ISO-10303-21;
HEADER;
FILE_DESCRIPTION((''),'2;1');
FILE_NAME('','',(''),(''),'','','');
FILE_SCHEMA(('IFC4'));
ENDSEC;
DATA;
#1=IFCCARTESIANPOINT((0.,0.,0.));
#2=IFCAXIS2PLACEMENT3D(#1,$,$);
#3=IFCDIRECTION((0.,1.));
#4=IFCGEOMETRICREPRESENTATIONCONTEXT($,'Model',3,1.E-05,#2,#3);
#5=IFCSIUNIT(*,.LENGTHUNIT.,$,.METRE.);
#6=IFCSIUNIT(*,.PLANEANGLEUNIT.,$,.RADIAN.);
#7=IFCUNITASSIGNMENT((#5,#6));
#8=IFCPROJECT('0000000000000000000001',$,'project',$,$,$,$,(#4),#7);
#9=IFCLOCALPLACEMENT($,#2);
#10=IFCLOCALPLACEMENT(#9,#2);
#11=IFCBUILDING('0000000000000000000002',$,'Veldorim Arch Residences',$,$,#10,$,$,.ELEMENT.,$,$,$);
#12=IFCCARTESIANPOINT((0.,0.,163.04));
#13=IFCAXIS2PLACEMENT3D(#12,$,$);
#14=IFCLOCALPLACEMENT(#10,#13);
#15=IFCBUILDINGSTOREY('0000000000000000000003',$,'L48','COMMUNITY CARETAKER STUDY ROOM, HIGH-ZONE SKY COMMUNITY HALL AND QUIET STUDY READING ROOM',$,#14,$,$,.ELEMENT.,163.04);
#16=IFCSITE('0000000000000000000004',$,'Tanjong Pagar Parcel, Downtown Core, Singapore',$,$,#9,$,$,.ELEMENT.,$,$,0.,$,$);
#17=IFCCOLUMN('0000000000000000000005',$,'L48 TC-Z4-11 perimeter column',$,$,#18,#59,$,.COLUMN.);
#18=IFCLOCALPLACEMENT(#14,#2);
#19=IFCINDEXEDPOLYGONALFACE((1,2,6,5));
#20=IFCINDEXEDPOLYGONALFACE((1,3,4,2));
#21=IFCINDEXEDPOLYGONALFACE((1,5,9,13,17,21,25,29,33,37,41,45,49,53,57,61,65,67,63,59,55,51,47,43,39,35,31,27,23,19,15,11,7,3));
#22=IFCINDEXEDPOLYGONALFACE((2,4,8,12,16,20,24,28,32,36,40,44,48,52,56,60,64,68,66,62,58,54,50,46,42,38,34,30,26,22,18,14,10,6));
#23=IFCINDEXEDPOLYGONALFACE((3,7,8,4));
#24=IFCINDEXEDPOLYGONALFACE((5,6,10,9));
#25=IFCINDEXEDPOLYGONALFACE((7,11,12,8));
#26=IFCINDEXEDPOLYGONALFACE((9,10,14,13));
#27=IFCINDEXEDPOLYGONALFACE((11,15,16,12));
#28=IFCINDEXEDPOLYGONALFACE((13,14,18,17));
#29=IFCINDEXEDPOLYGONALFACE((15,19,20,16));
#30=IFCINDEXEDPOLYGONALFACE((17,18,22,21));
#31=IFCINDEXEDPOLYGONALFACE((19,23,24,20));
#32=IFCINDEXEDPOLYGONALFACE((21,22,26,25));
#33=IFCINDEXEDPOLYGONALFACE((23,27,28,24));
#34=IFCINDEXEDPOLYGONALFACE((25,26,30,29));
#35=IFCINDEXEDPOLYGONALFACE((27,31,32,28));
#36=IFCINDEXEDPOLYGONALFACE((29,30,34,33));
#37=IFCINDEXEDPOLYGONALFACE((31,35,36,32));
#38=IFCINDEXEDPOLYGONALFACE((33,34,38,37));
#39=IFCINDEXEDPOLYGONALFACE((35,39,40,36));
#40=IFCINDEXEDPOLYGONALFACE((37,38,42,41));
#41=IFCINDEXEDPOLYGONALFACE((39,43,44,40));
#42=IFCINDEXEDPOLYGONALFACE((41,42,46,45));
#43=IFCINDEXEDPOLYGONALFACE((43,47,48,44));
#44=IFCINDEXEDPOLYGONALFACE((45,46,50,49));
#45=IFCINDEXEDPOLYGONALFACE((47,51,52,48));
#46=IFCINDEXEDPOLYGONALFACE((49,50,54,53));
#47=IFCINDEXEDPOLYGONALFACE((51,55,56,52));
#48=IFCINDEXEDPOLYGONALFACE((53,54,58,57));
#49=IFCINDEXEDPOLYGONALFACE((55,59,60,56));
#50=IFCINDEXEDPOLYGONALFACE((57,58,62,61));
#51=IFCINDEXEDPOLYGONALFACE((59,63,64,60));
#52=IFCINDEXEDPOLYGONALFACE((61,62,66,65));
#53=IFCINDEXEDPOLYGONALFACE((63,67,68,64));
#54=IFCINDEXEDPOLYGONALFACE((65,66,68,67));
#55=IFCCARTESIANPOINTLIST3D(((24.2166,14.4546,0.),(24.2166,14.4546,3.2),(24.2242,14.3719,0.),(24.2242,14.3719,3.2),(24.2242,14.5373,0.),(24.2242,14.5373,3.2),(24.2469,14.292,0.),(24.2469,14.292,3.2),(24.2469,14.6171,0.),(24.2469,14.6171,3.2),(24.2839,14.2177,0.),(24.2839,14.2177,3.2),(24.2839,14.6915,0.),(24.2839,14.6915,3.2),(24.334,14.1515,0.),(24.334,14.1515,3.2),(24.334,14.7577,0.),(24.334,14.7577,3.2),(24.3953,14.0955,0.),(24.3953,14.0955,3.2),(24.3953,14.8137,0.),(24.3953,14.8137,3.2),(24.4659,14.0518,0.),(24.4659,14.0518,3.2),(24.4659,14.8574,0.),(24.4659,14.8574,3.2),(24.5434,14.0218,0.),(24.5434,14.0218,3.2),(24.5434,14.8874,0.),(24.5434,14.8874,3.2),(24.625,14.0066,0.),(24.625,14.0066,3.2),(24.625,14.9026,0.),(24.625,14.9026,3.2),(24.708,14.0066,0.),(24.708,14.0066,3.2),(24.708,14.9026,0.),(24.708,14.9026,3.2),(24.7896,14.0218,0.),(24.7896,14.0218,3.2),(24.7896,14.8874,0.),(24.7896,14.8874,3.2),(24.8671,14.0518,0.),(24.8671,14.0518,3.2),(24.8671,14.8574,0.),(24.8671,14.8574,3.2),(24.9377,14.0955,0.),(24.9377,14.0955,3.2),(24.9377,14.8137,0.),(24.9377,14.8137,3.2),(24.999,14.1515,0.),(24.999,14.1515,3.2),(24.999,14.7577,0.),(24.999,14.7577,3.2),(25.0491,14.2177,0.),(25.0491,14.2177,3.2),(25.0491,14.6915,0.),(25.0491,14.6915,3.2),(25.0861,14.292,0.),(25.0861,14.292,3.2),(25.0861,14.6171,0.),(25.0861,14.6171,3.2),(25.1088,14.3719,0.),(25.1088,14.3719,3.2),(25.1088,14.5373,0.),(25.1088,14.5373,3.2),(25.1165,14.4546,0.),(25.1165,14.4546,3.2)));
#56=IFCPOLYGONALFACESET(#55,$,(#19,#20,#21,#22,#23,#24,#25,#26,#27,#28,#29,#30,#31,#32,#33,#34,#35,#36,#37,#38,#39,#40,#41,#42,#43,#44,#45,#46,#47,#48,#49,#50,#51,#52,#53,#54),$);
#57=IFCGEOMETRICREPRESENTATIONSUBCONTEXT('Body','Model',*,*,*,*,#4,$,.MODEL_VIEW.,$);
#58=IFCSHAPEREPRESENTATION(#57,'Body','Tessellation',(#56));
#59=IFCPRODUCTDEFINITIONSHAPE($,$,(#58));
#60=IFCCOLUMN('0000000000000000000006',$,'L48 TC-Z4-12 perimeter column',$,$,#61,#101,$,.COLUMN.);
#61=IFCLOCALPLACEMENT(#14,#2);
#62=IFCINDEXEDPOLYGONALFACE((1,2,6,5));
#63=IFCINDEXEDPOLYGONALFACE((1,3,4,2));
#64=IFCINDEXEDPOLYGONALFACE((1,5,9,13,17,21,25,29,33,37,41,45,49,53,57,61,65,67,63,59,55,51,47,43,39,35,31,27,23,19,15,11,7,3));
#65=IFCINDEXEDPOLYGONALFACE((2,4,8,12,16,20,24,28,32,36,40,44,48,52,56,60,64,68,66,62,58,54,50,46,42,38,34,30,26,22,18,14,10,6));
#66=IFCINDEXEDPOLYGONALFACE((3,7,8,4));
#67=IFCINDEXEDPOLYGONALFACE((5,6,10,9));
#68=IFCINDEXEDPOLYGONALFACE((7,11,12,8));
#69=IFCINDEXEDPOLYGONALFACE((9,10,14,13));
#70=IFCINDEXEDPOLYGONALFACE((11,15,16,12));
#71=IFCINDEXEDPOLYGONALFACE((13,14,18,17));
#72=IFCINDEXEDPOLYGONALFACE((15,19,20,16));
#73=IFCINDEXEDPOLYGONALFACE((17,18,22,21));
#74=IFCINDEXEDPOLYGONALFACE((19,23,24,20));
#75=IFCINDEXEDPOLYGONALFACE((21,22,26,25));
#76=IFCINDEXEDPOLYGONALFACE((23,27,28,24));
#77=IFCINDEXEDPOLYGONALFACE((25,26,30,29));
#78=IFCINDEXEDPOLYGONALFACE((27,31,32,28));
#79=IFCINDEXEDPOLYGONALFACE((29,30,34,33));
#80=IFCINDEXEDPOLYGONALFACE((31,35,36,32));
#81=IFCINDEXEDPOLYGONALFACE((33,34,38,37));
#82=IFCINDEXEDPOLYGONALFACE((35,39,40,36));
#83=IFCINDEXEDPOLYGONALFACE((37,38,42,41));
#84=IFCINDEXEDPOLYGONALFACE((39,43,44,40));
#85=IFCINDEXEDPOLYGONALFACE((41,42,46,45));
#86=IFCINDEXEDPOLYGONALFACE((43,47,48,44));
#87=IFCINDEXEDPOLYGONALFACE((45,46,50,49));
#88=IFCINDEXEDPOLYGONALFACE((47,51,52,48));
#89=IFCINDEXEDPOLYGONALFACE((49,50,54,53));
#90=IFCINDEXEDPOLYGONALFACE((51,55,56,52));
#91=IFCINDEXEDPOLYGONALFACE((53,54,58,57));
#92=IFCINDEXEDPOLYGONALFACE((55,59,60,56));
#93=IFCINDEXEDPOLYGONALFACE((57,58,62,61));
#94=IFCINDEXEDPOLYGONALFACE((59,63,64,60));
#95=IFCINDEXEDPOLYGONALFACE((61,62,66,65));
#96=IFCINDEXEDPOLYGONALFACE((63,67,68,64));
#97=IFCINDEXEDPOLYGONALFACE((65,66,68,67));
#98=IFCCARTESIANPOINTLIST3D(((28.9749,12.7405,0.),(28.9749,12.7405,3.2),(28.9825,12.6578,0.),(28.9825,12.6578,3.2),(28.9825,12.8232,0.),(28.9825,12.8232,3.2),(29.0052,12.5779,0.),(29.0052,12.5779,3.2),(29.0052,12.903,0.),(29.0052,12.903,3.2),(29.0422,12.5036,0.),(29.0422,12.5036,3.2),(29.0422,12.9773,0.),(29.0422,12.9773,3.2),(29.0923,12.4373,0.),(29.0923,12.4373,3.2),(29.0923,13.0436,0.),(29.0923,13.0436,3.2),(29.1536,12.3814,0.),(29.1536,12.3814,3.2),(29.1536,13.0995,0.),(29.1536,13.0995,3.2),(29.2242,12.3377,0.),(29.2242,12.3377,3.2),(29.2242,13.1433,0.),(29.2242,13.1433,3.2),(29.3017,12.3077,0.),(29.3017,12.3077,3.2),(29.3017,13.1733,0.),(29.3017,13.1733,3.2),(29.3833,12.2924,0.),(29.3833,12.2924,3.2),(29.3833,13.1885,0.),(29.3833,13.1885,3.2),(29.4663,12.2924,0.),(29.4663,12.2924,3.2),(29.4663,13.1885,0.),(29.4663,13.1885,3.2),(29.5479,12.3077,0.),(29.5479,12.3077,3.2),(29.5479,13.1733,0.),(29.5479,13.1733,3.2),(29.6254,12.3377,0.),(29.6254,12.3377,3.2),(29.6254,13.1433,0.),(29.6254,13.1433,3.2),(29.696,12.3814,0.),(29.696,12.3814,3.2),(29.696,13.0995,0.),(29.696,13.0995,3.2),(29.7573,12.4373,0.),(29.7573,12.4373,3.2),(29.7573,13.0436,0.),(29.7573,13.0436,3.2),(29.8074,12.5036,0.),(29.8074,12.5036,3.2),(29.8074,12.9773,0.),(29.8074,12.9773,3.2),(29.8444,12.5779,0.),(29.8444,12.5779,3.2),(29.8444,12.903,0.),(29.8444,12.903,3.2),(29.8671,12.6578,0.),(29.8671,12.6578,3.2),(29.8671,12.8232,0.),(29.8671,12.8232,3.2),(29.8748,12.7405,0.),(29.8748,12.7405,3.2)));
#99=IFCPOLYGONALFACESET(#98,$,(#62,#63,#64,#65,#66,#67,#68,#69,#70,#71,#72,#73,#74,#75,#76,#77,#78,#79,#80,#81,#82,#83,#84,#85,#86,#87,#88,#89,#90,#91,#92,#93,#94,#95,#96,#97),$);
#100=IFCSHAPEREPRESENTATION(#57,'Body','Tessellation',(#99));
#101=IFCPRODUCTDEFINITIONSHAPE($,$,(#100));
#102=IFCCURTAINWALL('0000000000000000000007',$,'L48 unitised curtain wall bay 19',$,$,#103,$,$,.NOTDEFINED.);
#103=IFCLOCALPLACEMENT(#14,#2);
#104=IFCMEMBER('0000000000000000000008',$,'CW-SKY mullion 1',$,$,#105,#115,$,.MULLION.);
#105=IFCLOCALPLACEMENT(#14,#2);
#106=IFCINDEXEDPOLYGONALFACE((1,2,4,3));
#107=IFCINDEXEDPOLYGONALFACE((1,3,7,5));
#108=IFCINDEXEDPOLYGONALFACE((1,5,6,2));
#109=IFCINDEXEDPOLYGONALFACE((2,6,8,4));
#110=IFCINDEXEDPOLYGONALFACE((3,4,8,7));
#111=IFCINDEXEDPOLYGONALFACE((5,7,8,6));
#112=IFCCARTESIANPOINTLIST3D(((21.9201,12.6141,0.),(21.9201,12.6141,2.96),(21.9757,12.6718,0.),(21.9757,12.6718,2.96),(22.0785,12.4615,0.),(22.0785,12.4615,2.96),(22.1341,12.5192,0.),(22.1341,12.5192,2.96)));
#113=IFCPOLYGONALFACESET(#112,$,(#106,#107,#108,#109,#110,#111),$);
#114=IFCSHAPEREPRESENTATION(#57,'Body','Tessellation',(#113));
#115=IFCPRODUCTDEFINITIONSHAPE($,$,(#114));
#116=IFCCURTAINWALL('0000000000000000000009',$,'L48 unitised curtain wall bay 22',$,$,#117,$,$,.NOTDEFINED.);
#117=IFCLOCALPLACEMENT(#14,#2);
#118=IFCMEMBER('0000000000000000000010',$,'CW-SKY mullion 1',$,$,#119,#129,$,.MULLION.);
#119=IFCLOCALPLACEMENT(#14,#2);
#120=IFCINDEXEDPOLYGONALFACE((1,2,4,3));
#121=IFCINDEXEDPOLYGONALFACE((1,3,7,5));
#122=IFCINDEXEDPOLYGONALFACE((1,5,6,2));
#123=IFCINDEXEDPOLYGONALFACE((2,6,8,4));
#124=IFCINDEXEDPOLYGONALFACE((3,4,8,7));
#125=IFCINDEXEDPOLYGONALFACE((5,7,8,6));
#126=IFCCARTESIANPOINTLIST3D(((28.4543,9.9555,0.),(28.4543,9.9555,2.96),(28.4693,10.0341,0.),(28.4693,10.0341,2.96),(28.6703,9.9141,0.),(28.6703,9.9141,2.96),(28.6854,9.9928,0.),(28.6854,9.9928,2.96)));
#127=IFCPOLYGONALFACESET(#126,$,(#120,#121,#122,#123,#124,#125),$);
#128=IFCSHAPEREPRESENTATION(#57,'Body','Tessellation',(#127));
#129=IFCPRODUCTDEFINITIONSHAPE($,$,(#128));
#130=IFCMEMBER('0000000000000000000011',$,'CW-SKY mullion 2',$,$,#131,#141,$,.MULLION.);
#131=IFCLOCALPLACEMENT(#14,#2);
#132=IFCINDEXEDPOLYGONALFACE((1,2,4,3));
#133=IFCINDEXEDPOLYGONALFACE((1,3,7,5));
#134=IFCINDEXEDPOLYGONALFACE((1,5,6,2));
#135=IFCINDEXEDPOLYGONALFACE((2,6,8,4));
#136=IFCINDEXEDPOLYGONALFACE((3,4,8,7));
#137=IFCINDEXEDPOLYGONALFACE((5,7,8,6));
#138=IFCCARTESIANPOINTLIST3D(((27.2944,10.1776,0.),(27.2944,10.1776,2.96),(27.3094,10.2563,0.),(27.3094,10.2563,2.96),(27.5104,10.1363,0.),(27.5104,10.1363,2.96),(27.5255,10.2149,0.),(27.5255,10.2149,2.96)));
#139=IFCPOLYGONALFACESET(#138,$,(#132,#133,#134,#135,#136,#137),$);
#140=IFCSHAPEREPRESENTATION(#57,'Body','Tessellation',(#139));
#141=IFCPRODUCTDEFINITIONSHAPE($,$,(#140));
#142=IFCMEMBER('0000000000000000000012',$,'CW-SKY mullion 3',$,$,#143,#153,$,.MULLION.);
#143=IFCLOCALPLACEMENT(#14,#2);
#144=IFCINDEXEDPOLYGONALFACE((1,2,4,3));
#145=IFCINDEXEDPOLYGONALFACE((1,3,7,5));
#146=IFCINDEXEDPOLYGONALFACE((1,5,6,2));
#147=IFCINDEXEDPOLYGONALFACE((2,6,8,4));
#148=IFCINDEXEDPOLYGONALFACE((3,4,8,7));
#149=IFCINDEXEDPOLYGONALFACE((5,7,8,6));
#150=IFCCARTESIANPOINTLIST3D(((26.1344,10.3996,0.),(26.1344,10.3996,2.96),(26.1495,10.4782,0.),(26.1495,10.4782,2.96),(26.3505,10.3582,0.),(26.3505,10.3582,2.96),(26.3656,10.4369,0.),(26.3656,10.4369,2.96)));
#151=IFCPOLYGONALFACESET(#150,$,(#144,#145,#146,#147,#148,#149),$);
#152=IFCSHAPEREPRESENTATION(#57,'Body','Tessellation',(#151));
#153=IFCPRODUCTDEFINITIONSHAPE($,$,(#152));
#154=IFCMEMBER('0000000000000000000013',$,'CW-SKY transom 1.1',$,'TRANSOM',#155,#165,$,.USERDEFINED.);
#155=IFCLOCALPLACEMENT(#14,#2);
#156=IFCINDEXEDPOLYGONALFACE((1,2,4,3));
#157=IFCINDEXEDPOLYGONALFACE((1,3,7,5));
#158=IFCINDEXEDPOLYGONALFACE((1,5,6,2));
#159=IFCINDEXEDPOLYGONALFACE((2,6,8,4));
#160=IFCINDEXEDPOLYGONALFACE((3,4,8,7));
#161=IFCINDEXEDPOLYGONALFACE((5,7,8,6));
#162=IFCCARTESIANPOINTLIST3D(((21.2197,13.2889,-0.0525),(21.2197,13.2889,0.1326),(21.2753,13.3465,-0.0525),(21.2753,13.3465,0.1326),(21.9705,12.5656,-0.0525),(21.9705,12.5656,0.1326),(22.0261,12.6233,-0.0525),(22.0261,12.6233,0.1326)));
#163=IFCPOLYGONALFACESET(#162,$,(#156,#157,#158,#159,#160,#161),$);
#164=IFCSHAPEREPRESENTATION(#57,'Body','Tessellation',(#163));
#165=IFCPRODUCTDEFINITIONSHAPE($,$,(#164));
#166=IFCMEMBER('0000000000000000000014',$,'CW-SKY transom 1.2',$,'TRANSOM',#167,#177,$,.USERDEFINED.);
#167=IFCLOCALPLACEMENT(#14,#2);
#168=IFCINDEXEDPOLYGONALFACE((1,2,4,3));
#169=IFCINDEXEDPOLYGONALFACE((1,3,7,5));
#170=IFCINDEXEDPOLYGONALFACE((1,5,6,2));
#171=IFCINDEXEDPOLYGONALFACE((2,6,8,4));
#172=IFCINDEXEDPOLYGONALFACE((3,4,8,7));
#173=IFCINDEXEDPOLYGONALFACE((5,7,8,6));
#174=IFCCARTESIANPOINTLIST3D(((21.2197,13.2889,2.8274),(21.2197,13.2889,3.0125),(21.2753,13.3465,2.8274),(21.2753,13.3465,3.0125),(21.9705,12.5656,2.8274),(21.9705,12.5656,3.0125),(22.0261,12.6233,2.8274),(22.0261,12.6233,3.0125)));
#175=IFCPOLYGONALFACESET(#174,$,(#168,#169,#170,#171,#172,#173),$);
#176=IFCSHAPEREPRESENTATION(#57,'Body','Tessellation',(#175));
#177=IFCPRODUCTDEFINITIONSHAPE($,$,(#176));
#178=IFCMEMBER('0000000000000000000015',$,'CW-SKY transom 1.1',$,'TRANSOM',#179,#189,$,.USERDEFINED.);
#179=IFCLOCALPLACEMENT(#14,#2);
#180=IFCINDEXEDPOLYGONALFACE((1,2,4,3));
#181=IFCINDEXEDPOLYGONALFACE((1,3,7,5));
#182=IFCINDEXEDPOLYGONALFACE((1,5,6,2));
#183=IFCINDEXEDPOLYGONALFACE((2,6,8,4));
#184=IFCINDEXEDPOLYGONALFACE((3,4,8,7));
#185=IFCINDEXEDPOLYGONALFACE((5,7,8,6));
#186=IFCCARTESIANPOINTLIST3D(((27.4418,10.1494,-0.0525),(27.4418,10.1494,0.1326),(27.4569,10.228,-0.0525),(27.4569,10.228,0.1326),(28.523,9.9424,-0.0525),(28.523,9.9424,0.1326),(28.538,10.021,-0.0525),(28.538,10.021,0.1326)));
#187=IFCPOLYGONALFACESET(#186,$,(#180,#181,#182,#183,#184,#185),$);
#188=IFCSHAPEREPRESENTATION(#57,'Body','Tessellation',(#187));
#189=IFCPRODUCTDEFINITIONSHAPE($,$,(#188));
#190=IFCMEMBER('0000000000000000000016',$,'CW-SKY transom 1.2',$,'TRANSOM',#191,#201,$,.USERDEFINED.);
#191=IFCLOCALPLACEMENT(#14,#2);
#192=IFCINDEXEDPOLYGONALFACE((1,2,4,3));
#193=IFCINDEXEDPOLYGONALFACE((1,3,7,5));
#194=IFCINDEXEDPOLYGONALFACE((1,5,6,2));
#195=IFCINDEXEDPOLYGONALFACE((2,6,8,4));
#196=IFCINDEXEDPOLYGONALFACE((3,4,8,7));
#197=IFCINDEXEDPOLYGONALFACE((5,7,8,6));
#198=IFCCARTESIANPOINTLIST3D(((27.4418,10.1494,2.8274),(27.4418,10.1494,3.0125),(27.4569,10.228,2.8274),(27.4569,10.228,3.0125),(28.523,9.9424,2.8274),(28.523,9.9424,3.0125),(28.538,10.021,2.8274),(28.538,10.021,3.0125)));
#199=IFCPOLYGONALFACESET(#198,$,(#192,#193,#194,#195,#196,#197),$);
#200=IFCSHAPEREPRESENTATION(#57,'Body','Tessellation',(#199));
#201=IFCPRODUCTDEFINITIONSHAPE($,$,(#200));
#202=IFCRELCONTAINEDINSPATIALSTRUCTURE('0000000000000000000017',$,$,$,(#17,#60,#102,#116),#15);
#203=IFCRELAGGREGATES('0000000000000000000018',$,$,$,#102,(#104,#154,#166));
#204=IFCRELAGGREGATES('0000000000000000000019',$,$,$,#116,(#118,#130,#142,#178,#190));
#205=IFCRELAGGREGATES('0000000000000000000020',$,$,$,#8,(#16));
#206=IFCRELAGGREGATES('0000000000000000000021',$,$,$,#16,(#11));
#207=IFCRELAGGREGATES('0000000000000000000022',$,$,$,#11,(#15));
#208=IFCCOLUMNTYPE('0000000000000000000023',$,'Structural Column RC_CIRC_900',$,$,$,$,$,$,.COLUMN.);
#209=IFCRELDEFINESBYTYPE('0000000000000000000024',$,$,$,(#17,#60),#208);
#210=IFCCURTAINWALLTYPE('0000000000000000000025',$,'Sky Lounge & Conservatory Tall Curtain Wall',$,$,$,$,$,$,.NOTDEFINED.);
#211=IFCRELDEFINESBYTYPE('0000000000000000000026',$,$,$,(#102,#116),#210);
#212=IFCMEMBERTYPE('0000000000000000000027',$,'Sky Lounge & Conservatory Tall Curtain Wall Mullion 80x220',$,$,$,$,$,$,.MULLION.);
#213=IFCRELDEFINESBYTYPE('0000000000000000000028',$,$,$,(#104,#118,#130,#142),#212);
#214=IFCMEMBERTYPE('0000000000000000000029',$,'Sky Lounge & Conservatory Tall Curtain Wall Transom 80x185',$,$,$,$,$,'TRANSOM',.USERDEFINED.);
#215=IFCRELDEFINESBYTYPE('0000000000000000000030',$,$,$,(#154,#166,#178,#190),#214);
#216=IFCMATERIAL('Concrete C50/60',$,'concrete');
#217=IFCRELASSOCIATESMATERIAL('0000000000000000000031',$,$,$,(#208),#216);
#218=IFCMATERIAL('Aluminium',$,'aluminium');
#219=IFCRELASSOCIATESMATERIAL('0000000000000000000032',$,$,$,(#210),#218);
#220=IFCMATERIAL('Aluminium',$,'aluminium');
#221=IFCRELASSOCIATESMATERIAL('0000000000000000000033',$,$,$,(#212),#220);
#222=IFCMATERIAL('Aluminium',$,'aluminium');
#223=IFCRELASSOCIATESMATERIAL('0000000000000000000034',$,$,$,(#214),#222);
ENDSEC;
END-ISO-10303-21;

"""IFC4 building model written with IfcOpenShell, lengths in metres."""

from ifc_helpers import new_model, si_unit, direction, frame, origin, origin_2d, place, context, subcontext, project, spatial, rectangle, circle, extrude, material, material_profile, profile_set, type_object, element, aggregate, save


model = new_model("IFC4")

# Units and contexts
model_context = context("Model", 3, precision=1e-05, world=origin(), true_north=direction((0.0, 1.0)))
body_context = subcontext(model_context, "Body", "Model", "MODEL_VIEW")
ifc_project = project(units=[si_unit("LENGTHUNIT", "METRE"), si_unit("PLANEANGLEUNIT", "RADIAN")], contexts=[model_context])

# Site, building, storey
site_placement = place(None, origin())
site = spatial("IfcSite", under=ifc_project, at=site_placement, Name="Tanjong Pagar Parcel, Downtown Core, Singapore", CompositionType="ELEMENT", RefElevation=0.0)
building_placement = place(site_placement, origin())
building = spatial("IfcBuilding", under=site, at=building_placement, Name="Veldorim Arch Residences", CompositionType="ELEMENT")
storey_placement = place(building_placement, frame((0.0, 0.0, 163.04)))
storey = spatial("IfcBuildingStorey", under=building, at=storey_placement, Name="L48", Description="COMMUNITY CARETAKER STUDY ROOM, HIGH-ZONE SKY COMMUNITY HALL AND QUIET STUDY READING ROOM", CompositionType="ELEMENT", Elevation=163.04)

# Columns
ifc_material_1 = material(Name="Concrete C50/60", Category="concrete")
ifc_material_profile_1 = material_profile(ifc_material_1, circle(Radius=0.45, at=origin_2d()), Name="RC_CIRC_900")
ifc_profile_set_1 = profile_set([ifc_material_profile_1], Name="Concrete C50/60")
column_type = type_object("IfcColumnType", Name="Structural Column RC_CIRC_900", PredefinedType="COLUMN", material=ifc_profile_set_1)
for number, where, z_axis, x_axis, name in (
    (1, (24.6665, 14.4546, 0.0), (0.0, 0.0, 1.0), (1.0, 0.0, 0.0), "L48 TC-Z4-11 perimeter column"),
    (2, (29.4248, 12.7405, 0.0), (0.0, 0.0, 1.0), (1.0, 0.0, 0.0), "L48 TC-Z4-12 perimeter column"),
):
    element("IfcColumn", number, at=place(storey_placement, frame(where, z_axis=z_axis, x_axis=x_axis)), inside=storey, type_object=column_type, Name=name, PredefinedType="COLUMN", context=body_context, shape_type="SweptSolid", body=[
        extrude(circle(Radius=0.45, at=origin_2d()), origin(), (0.0, 0.0, 1.0), 3.2),
    ])

# Curtain wall, member
ifc_material_2 = material(Name="Aluminium", Category="aluminium")
curtain_wall_type = type_object("IfcCurtainWallType", Name="Sky Lounge & Conservatory Tall Curtain Wall", PredefinedType="NOTDEFINED", material=ifc_material_2)
curtain_wall_1_placement = place(storey_placement, origin())
curtain_wall_1 = element("IfcCurtainWall", 3, at=curtain_wall_1_placement, inside=storey, type_object=curtain_wall_type, Name="L48 unitised curtain wall bay 19", PredefinedType="NOTDEFINED")
ifc_material_3 = material(Name="Aluminium", Category="aluminium")
ifc_material_profile_2 = material_profile(ifc_material_3, rectangle(XDim=0.0801, YDim=0.22, at=origin_2d()), Name="ALU_MUL_80x220")
ifc_profile_set_2 = profile_set([ifc_material_profile_2], Name="Aluminium")
member_type_1 = type_object("IfcMemberType", Name="Sky Lounge & Conservatory Tall Curtain Wall Mullion 80x220", PredefinedType="MULLION", material=ifc_profile_set_2)
member_1_placement = place(storey_placement, frame((22.0271, 12.5667, 0.0), z_axis=(0.0, 0.0, 1.0), x_axis=(-0.693821, -0.720147, 0.0)))
member_1 = element("IfcMember", 4, at=member_1_placement, type_object=member_type_1, Name="CW-SKY mullion 1", PredefinedType="MULLION", context=body_context, shape_type="SweptSolid", body=[
    extrude(rectangle(XDim=0.0801, YDim=0.22, at=origin_2d()), origin(), (0.0, 0.0, 1.0), 2.96),
])

# Curtain wall, members
curtain_wall_2_placement = place(storey_placement, origin())
curtain_wall_2 = element("IfcCurtainWall", 5, at=curtain_wall_2_placement, inside=storey, type_object=curtain_wall_type, Name="L48 unitised curtain wall bay 22", PredefinedType="NOTDEFINED")
member_2_placement = place(storey_placement, frame((28.5698, 9.9741, 0.0), z_axis=(0.0, 0.0, 1.0), x_axis=(-0.187959, -0.982177, 0.0)))
member_2 = element("IfcMember", 6, at=member_2_placement, type_object=member_type_1, Name="CW-SKY mullion 1", PredefinedType="MULLION", context=body_context, shape_type="SweptSolid", body=[
    extrude(rectangle(XDim=0.0801, YDim=0.22, at=origin_2d()), origin(), (0.0, 0.0, 1.0), 2.96),
])
member_3_placement = place(storey_placement, frame((27.4099, 10.1963, 0.0), z_axis=(0.0, 0.0, 1.0), x_axis=(-0.187959, -0.982177, 0.0)))
member_3 = element("IfcMember", 7, at=member_3_placement, type_object=member_type_1, Name="CW-SKY mullion 2", PredefinedType="MULLION", context=body_context, shape_type="SweptSolid", body=[
    extrude(rectangle(XDim=0.0801, YDim=0.22, at=origin_2d()), origin(), (0.0, 0.0, 1.0), 2.96),
])
member_4_placement = place(storey_placement, frame((26.25, 10.4182, 0.0), z_axis=(0.0, 0.0, 1.0), x_axis=(-0.187959, -0.982177, 0.0)))
member_4 = element("IfcMember", 8, at=member_4_placement, type_object=member_type_1, Name="CW-SKY mullion 3", PredefinedType="MULLION", context=body_context, shape_type="SweptSolid", body=[
    extrude(rectangle(XDim=0.0801, YDim=0.22, at=origin_2d()), origin(), (0.0, 0.0, 1.0), 2.96),
])

# Members
ifc_material_4 = material(Name="Aluminium", Category="aluminium")
ifc_material_profile_3 = material_profile(ifc_material_4, rectangle(XDim=0.0801, YDim=0.1851, at=origin_2d()), Name="ALU_TRN_80x185")
ifc_profile_set_3 = profile_set([ifc_material_profile_3], Name="Aluminium")
member_type_2 = type_object("IfcMemberType", Name="Sky Lounge & Conservatory Tall Curtain Wall Transom 80x185", ElementType="TRANSOM", PredefinedType="USERDEFINED", material=ifc_profile_set_3)
member_5_placement = place(storey_placement, frame((21.9983, 12.5945, 0.04), z_axis=(-0.720216, 0.69375, 0.0), x_axis=(-0.69375, -0.720216, 0.0)))
member_5 = element("IfcMember", 9, at=member_5_placement, type_object=member_type_2, Name="CW-SKY transom 1.1", ObjectType="TRANSOM", PredefinedType="USERDEFINED", context=body_context, shape_type="SweptSolid", body=[
    extrude(rectangle(XDim=0.0801, YDim=0.1851, at=origin_2d()), origin(), (0.0, 0.0, 1.0), 1.0425),
])
member_6_placement = place(storey_placement, frame((21.9983, 12.5945, 2.9199), z_axis=(-0.720216, 0.69375, 0.0), x_axis=(-0.69375, -0.720216, 0.0)))
member_6 = element("IfcMember", 10, at=member_6_placement, type_object=member_type_2, Name="CW-SKY transom 1.2", ObjectType="TRANSOM", PredefinedType="USERDEFINED", context=body_context, shape_type="SweptSolid", body=[
    extrude(rectangle(XDim=0.0801, YDim=0.1851, at=origin_2d()), origin(), (0.0, 0.0, 1.0), 1.0425),
])
member_7_placement = place(storey_placement, frame((28.5305, 9.9817, 0.04), z_axis=(-0.98216, 0.18805, 0.0), x_axis=(-0.18805, -0.98216, 0.0)))
member_7 = element("IfcMember", 11, at=member_7_placement, type_object=member_type_2, Name="CW-SKY transom 1.1", ObjectType="TRANSOM", PredefinedType="USERDEFINED", context=body_context, shape_type="SweptSolid", body=[
    extrude(rectangle(XDim=0.0801, YDim=0.1851, at=origin_2d()), origin(), (0.0, 0.0, 1.0), 1.1008),
])
member_8_placement = place(storey_placement, frame((28.5305, 9.9817, 2.9199), z_axis=(-0.98216, 0.18805, 0.0), x_axis=(-0.18805, -0.98216, 0.0)))
member_8 = element("IfcMember", 12, at=member_8_placement, type_object=member_type_2, Name="CW-SKY transom 1.2", ObjectType="TRANSOM", PredefinedType="USERDEFINED", context=body_context, shape_type="SweptSolid", body=[
    extrude(rectangle(XDim=0.0801, YDim=0.1851, at=origin_2d()), origin(), (0.0, 0.0, 1.0), 1.1008),
])

aggregate(curtain_wall_1, [member_1, member_5, member_6])
aggregate(curtain_wall_2, [member_2, member_3, member_4, member_7, member_8])

save(model, "model.ifc")
